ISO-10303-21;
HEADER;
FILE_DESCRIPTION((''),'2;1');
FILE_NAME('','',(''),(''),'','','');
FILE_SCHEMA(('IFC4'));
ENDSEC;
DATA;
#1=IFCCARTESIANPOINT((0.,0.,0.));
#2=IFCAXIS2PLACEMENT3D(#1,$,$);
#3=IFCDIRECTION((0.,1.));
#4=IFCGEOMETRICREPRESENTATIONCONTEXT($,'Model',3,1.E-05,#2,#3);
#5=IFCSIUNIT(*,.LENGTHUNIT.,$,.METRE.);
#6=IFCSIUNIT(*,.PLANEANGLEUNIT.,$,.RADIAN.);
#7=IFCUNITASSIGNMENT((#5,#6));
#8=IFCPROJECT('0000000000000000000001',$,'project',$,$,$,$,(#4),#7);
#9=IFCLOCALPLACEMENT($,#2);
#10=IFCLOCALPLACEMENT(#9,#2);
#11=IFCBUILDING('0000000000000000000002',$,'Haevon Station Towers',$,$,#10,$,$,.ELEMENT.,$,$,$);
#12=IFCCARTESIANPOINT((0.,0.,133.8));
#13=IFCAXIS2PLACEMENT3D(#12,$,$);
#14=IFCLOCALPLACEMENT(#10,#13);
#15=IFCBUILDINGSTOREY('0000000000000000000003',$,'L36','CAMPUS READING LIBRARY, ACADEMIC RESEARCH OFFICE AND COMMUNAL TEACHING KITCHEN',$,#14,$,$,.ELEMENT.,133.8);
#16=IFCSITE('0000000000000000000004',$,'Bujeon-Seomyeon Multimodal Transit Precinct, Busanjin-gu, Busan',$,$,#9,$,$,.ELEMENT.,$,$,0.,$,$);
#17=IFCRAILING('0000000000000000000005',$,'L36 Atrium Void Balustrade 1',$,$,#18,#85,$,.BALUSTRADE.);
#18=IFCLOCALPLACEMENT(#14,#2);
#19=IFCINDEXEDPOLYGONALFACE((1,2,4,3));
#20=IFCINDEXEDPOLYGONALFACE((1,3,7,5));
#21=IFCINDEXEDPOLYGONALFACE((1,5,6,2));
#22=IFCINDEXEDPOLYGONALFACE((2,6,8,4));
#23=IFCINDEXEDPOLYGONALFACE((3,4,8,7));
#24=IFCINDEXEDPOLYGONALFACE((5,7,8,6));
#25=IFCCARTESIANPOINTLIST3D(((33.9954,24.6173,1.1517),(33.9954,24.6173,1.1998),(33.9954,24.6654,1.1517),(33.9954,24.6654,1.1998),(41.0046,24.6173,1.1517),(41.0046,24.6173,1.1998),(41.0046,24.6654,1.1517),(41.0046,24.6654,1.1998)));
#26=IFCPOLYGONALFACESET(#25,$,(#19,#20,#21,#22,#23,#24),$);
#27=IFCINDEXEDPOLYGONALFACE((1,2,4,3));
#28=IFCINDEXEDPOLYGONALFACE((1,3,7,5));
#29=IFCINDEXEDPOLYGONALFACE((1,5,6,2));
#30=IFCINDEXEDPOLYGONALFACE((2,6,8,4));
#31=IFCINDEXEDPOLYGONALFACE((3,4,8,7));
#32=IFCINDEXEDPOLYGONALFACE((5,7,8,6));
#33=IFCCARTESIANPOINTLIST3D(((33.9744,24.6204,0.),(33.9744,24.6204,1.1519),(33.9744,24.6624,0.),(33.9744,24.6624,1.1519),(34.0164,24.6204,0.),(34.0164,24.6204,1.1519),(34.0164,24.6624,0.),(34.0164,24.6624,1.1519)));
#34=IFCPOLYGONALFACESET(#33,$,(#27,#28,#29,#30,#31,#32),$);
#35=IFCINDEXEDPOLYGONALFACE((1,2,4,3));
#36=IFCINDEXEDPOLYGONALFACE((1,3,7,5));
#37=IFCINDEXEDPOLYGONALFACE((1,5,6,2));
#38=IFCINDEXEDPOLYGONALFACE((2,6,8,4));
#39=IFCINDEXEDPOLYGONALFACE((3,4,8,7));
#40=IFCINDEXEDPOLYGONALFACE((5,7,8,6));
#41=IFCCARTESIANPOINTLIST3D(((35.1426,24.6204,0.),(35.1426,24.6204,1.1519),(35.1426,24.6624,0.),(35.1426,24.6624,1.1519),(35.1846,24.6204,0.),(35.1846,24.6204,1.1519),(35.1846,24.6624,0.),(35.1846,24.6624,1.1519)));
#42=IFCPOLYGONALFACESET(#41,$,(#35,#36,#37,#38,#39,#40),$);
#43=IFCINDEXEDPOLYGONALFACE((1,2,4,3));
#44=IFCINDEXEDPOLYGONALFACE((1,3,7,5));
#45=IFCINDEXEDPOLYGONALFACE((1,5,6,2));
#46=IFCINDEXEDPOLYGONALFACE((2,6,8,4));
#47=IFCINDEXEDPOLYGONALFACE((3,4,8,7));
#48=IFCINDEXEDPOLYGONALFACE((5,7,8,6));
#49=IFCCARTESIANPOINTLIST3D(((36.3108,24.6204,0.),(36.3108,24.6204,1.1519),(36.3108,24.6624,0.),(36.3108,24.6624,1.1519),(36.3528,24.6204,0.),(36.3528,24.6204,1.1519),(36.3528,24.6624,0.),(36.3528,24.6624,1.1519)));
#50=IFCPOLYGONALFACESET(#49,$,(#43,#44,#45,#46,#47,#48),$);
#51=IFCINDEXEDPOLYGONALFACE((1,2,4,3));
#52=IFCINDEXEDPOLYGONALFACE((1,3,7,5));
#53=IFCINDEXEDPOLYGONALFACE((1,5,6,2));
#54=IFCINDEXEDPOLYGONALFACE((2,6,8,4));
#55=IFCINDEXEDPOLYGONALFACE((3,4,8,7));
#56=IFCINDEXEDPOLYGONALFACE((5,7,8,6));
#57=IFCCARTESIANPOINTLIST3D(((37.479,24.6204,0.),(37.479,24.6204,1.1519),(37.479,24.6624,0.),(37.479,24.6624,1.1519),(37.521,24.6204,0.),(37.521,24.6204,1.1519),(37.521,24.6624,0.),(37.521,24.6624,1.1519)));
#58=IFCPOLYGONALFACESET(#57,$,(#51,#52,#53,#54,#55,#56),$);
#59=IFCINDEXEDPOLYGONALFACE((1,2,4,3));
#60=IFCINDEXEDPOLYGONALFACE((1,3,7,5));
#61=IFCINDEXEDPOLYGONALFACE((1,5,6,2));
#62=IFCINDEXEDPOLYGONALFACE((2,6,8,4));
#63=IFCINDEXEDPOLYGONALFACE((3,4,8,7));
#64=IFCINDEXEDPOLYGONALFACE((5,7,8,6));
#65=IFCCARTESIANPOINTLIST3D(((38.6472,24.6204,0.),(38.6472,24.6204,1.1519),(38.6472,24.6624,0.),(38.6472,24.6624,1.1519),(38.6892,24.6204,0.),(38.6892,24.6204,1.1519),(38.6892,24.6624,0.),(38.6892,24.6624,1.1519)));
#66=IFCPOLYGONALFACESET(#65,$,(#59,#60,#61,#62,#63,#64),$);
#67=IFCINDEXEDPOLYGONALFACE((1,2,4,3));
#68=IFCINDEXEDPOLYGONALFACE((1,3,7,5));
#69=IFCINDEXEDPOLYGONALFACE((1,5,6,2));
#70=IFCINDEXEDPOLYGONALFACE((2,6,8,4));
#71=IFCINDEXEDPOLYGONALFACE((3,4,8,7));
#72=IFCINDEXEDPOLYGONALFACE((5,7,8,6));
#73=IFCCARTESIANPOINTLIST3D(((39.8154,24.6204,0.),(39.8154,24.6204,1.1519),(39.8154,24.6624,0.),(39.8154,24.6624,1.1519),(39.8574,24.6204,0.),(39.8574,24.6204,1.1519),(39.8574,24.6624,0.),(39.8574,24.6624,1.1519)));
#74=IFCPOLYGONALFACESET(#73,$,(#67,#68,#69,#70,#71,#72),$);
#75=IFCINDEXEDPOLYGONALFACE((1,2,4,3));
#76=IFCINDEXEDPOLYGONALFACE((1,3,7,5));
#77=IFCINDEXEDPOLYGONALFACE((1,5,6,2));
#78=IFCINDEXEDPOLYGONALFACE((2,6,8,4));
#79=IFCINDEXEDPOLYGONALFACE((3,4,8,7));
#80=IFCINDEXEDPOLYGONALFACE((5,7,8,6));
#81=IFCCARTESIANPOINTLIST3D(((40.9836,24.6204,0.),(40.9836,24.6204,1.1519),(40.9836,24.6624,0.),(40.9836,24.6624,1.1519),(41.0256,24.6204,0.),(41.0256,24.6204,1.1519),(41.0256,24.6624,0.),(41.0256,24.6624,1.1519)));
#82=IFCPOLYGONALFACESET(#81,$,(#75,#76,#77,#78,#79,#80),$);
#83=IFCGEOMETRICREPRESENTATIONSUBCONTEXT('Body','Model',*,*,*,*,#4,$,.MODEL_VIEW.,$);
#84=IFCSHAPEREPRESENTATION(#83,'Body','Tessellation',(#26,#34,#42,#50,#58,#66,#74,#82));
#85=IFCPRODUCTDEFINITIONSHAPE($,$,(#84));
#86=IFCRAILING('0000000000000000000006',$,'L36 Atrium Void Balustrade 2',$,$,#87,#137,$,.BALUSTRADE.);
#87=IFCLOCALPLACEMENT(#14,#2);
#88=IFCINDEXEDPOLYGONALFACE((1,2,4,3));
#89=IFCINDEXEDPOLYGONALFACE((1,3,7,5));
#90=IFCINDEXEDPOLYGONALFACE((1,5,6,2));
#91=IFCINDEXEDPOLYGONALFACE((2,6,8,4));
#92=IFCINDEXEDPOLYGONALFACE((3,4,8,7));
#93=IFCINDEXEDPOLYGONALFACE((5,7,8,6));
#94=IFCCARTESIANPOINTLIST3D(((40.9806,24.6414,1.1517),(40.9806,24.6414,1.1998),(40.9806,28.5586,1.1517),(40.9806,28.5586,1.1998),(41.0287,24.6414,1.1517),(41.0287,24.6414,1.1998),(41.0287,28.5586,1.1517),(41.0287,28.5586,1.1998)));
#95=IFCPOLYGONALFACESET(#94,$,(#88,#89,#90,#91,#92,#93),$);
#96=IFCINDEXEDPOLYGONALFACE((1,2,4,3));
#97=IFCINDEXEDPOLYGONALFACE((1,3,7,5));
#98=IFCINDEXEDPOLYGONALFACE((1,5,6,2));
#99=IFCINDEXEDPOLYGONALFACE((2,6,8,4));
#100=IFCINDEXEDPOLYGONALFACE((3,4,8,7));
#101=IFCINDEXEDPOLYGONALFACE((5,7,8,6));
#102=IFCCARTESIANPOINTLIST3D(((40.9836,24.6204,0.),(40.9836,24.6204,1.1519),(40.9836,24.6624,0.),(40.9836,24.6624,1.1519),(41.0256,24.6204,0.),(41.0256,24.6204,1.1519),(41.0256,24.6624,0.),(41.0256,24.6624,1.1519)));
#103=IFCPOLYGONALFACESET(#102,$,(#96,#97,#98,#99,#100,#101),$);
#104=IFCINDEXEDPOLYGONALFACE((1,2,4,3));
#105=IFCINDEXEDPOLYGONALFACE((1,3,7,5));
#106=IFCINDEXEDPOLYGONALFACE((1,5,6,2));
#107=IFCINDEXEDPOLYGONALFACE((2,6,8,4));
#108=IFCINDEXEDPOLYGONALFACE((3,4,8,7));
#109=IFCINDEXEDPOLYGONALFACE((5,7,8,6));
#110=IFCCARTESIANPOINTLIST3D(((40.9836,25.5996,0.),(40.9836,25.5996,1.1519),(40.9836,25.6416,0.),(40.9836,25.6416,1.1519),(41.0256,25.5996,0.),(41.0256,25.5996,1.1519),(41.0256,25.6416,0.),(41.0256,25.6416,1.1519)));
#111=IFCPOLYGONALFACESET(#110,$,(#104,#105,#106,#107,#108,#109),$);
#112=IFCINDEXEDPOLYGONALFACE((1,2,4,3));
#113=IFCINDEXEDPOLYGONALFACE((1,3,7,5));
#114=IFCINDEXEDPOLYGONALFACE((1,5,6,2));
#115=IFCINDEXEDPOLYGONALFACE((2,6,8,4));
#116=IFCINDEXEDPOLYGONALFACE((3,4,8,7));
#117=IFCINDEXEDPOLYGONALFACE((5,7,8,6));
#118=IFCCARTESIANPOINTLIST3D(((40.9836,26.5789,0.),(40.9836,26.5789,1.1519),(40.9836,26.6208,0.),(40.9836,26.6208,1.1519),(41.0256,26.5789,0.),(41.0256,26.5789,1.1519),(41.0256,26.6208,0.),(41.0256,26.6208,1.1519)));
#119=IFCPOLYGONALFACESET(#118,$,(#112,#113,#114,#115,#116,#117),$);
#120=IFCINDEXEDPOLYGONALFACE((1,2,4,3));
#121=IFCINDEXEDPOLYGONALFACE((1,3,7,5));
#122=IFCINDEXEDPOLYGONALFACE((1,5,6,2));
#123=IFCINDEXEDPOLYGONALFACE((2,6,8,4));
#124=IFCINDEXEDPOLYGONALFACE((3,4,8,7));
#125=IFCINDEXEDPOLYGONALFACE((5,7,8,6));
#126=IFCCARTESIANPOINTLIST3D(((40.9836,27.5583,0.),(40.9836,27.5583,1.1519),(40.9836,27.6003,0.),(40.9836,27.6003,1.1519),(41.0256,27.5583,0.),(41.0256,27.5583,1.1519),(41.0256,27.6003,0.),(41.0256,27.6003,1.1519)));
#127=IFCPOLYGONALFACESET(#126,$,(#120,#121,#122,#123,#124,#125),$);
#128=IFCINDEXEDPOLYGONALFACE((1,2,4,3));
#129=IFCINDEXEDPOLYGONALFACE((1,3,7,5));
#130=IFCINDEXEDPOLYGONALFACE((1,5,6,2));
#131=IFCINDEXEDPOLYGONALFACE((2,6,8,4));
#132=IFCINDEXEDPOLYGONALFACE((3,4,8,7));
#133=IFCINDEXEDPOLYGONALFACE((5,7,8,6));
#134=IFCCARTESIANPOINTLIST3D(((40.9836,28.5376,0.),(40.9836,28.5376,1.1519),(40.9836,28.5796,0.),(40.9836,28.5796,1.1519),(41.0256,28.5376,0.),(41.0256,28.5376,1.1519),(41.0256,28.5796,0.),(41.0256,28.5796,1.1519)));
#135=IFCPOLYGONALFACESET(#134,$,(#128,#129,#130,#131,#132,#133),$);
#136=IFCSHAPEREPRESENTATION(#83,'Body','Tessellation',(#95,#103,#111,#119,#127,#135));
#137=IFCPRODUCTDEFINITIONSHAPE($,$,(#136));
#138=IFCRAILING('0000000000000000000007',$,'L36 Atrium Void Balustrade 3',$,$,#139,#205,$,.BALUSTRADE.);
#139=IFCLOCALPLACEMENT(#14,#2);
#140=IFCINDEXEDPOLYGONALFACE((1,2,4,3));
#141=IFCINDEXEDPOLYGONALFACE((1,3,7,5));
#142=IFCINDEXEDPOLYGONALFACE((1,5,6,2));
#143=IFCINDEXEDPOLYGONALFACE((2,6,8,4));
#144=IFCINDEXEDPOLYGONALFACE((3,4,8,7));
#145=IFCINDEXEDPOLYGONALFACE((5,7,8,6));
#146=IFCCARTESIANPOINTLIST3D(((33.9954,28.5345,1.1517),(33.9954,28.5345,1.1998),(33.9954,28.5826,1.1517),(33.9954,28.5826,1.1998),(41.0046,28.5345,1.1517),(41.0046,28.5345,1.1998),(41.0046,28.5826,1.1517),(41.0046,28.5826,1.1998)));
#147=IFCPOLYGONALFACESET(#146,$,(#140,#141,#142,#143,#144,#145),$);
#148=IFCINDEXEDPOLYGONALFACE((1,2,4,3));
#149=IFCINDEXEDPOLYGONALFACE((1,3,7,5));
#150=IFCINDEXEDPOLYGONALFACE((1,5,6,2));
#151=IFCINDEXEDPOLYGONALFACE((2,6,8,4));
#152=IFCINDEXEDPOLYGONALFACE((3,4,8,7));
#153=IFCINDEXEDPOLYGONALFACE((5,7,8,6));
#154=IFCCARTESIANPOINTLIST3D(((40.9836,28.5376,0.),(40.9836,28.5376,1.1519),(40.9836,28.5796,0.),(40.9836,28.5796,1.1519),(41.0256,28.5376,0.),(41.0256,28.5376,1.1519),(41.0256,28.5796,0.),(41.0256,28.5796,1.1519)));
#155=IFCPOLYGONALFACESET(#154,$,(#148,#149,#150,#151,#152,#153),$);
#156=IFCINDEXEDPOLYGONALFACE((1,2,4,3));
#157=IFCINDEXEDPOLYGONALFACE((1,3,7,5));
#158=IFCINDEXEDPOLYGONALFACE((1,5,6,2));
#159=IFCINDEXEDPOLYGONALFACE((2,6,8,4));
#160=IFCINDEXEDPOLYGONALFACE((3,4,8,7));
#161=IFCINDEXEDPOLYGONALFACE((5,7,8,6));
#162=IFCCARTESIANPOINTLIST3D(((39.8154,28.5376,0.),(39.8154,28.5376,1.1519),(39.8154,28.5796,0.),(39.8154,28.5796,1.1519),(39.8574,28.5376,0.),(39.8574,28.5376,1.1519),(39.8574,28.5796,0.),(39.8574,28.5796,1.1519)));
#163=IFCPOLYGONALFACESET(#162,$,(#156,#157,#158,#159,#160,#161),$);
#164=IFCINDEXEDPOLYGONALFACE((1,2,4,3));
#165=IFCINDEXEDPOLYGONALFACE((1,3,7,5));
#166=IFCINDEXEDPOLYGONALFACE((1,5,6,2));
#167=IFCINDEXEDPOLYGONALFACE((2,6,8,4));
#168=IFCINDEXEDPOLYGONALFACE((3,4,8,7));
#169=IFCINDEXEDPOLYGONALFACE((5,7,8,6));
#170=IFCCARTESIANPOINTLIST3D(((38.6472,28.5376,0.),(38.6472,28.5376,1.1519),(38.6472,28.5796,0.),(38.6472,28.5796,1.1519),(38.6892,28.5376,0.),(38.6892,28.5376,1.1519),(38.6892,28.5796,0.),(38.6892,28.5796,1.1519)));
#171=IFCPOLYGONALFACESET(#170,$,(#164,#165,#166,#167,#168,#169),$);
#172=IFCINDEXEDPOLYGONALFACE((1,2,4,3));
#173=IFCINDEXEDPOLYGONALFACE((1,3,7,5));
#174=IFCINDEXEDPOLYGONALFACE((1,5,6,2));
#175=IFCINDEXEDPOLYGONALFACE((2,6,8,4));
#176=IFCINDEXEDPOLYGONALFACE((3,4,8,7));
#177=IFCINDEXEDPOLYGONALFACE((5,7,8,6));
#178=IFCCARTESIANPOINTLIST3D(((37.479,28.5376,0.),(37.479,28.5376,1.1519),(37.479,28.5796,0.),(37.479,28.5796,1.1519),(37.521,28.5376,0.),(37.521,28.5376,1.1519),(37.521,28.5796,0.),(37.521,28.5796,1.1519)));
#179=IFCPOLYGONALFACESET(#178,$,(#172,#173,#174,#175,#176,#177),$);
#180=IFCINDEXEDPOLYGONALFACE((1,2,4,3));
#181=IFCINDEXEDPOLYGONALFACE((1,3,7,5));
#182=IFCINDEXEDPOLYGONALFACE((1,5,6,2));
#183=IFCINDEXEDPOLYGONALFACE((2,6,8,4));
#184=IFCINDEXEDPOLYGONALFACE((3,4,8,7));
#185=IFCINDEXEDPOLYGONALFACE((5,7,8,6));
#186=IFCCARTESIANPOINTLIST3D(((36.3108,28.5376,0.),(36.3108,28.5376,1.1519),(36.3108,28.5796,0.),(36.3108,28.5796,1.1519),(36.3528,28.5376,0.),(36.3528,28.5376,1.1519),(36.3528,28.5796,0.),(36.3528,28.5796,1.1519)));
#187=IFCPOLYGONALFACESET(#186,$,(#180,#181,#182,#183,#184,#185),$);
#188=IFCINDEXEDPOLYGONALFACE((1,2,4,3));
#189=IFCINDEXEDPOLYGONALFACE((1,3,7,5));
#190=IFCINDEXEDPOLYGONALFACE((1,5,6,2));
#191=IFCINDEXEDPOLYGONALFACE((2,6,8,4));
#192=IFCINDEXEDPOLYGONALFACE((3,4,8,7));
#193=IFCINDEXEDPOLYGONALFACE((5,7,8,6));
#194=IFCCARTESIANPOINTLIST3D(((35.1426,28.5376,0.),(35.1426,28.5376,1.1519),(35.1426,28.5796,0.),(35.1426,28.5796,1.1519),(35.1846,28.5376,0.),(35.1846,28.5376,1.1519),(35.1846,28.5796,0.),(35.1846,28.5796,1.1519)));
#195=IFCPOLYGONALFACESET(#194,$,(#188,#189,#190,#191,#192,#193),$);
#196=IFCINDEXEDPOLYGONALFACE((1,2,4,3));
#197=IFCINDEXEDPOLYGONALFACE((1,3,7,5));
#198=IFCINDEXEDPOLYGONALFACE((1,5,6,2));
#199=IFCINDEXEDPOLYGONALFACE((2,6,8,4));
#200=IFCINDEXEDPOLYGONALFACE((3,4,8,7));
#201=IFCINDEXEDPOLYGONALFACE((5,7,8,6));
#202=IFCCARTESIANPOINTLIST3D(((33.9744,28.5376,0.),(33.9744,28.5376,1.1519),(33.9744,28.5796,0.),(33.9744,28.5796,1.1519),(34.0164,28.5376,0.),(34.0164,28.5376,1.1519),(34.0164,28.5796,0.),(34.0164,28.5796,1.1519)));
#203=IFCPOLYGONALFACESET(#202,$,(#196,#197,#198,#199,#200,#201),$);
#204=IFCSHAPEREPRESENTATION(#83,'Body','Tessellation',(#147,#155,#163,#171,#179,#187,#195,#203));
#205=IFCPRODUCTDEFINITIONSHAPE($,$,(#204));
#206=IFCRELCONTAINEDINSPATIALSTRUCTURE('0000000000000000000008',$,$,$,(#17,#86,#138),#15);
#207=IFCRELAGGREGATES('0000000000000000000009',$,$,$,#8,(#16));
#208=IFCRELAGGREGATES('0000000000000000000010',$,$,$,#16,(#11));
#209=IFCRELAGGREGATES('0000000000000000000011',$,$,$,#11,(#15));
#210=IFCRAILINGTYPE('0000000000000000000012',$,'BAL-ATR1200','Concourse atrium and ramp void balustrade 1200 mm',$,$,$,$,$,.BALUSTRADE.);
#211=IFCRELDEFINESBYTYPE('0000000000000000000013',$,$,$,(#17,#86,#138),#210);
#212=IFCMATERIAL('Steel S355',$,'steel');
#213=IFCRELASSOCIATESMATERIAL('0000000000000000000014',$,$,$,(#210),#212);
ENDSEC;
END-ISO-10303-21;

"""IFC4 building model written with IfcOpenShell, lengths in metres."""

from ifc_helpers import new_model, si_unit, direction, frame, origin, origin_2d, place, context, subcontext, project, spatial, rectangle, extrude, material, type_object, element, save


model = new_model("IFC4")

# Units and contexts
model_context = context("Model", 3, precision=1e-05, world=origin(), true_north=direction((0.0, 1.0)))
body_context = subcontext(model_context, "Body", "Model", "MODEL_VIEW")
ifc_project = project(units=[si_unit("LENGTHUNIT", "METRE"), si_unit("PLANEANGLEUNIT", "RADIAN")], contexts=[model_context])

# Site, building, storey
site_placement = place(None, origin())
site = spatial("IfcSite", under=ifc_project, at=site_placement, Name="Bujeon-Seomyeon Multimodal Transit Precinct, Busanjin-gu, Busan", CompositionType="ELEMENT", RefElevation=0.0)
building_placement = place(site_placement, origin())
building = spatial("IfcBuilding", under=site, at=building_placement, Name="Haevon Station Towers", CompositionType="ELEMENT")
storey_placement = place(building_placement, frame((0.0, 0.0, 133.8)))
storey = spatial("IfcBuildingStorey", under=building, at=storey_placement, Name="L36", Description="CAMPUS READING LIBRARY, ACADEMIC RESEARCH OFFICE AND COMMUNAL TEACHING KITCHEN", CompositionType="ELEMENT", Elevation=133.8)

# Shared definitions
ifc_material_1 = material(Name="Steel S355", Category="steel")

# Railings
railing_type = type_object("IfcRailingType", Name="BAL-ATR1200", Description="Concourse atrium and ramp void balustrade 1200 mm", PredefinedType="BALUSTRADE", material=ifc_material_1)
railing_1_placement = place(storey_placement, frame((33.9954, 24.6414, 0.0)))
element("IfcRailing", 1, at=railing_1_placement, inside=storey, type_object=railing_type, Name="L36 Atrium Void Balustrade 1", PredefinedType="BALUSTRADE", context=body_context, shape_type="SweptSolid", body=[
    extrude(rectangle(XDim=0.0481, YDim=0.0481, at=origin_2d()), frame((0.0, 0.0, 1.1758), z_axis=(1.0, 0.0, 0.0), x_axis=(0.0, 1.0, 0.0)), (0.0, 0.0, 1.0), 7.0093),
    extrude(rectangle(XDim=0.042, YDim=0.042, at=origin_2d()), origin(), (0.0, 0.0, 1.0), 1.1519),
    extrude(rectangle(XDim=0.042, YDim=0.042, at=origin_2d()), frame((1.1682, 0.0, 0.0)), (0.0, 0.0, 1.0), 1.1519),
    extrude(rectangle(XDim=0.042, YDim=0.042, at=origin_2d()), frame((2.3364, 0.0, 0.0)), (0.0, 0.0, 1.0), 1.1519),
    extrude(rectangle(XDim=0.042, YDim=0.042, at=origin_2d()), frame((3.5046, 0.0, 0.0)), (0.0, 0.0, 1.0), 1.1519),
    extrude(rectangle(XDim=0.042, YDim=0.042, at=origin_2d()), frame((4.6729, 0.0, 0.0)), (0.0, 0.0, 1.0), 1.1519),
    extrude(rectangle(XDim=0.042, YDim=0.042, at=origin_2d()), frame((5.8411, 0.0, 0.0)), (0.0, 0.0, 1.0), 1.1519),
    extrude(rectangle(XDim=0.042, YDim=0.042, at=origin_2d()), frame((7.0093, 0.0, 0.0)), (0.0, 0.0, 1.0), 1.1519),
])
railing_2_placement = place(storey_placement, frame((41.0046, 24.6414, 0.0)))
element("IfcRailing", 2, at=railing_2_placement, inside=storey, type_object=railing_type, Name="L36 Atrium Void Balustrade 2", PredefinedType="BALUSTRADE", context=body_context, shape_type="SweptSolid", body=[
    extrude(rectangle(XDim=0.0481, YDim=0.0481, at=origin_2d()), frame((0.0, 0.0, 1.1758), z_axis=(0.0, 1.0, 0.0), x_axis=(-1.0, 0.0, 0.0)), (0.0, 0.0, 1.0), 3.9172),
    extrude(rectangle(XDim=0.042, YDim=0.042, at=origin_2d()), origin(), (0.0, 0.0, 1.0), 1.1519),
    extrude(rectangle(XDim=0.042, YDim=0.042, at=origin_2d()), frame((0.0, 0.9792, 0.0)), (0.0, 0.0, 1.0), 1.1519),
    extrude(rectangle(XDim=0.042, YDim=0.042, at=origin_2d()), frame((0.0, 1.9585, 0.0)), (0.0, 0.0, 1.0), 1.1519),
    extrude(rectangle(XDim=0.042, YDim=0.042, at=origin_2d()), frame((0.0, 2.938, 0.0)), (0.0, 0.0, 1.0), 1.1519),
    extrude(rectangle(XDim=0.042, YDim=0.042, at=origin_2d()), frame((0.0, 3.9172, 0.0)), (0.0, 0.0, 1.0), 1.1519),
])
railing_3_placement = place(storey_placement, frame((41.0046, 28.5586, 0.0)))
element("IfcRailing", 3, at=railing_3_placement, inside=storey, type_object=railing_type, Name="L36 Atrium Void Balustrade 3", PredefinedType="BALUSTRADE", context=body_context, shape_type="SweptSolid", body=[
    extrude(rectangle(XDim=0.0481, YDim=0.0481, at=origin_2d()), frame((0.0, 0.0, 1.1758), z_axis=(-1.0, 0.0, 0.0), x_axis=(0.0, -1.0, 0.0)), (0.0, 0.0, 1.0), 7.0093),
    extrude(rectangle(XDim=0.042, YDim=0.042, at=origin_2d()), origin(), (0.0, 0.0, 1.0), 1.1519),
    extrude(rectangle(XDim=0.042, YDim=0.042, at=origin_2d()), frame((-1.1682, 0.0, 0.0)), (0.0, 0.0, 1.0), 1.1519),
    extrude(rectangle(XDim=0.042, YDim=0.042, at=origin_2d()), frame((-2.3364, 0.0, 0.0)), (0.0, 0.0, 1.0), 1.1519),
    extrude(rectangle(XDim=0.042, YDim=0.042, at=origin_2d()), frame((-3.5046, 0.0, 0.0)), (0.0, 0.0, 1.0), 1.1519),
    extrude(rectangle(XDim=0.042, YDim=0.042, at=origin_2d()), frame((-4.6729, 0.0, 0.0)), (0.0, 0.0, 1.0), 1.1519),
    extrude(rectangle(XDim=0.042, YDim=0.042, at=origin_2d()), frame((-5.8411, 0.0, 0.0)), (0.0, 0.0, 1.0), 1.1519),
    extrude(rectangle(XDim=0.042, YDim=0.042, at=origin_2d()), frame((-7.0093, 0.0, 0.0)), (0.0, 0.0, 1.0), 1.1519),
])

save(model, "model.ifc")
